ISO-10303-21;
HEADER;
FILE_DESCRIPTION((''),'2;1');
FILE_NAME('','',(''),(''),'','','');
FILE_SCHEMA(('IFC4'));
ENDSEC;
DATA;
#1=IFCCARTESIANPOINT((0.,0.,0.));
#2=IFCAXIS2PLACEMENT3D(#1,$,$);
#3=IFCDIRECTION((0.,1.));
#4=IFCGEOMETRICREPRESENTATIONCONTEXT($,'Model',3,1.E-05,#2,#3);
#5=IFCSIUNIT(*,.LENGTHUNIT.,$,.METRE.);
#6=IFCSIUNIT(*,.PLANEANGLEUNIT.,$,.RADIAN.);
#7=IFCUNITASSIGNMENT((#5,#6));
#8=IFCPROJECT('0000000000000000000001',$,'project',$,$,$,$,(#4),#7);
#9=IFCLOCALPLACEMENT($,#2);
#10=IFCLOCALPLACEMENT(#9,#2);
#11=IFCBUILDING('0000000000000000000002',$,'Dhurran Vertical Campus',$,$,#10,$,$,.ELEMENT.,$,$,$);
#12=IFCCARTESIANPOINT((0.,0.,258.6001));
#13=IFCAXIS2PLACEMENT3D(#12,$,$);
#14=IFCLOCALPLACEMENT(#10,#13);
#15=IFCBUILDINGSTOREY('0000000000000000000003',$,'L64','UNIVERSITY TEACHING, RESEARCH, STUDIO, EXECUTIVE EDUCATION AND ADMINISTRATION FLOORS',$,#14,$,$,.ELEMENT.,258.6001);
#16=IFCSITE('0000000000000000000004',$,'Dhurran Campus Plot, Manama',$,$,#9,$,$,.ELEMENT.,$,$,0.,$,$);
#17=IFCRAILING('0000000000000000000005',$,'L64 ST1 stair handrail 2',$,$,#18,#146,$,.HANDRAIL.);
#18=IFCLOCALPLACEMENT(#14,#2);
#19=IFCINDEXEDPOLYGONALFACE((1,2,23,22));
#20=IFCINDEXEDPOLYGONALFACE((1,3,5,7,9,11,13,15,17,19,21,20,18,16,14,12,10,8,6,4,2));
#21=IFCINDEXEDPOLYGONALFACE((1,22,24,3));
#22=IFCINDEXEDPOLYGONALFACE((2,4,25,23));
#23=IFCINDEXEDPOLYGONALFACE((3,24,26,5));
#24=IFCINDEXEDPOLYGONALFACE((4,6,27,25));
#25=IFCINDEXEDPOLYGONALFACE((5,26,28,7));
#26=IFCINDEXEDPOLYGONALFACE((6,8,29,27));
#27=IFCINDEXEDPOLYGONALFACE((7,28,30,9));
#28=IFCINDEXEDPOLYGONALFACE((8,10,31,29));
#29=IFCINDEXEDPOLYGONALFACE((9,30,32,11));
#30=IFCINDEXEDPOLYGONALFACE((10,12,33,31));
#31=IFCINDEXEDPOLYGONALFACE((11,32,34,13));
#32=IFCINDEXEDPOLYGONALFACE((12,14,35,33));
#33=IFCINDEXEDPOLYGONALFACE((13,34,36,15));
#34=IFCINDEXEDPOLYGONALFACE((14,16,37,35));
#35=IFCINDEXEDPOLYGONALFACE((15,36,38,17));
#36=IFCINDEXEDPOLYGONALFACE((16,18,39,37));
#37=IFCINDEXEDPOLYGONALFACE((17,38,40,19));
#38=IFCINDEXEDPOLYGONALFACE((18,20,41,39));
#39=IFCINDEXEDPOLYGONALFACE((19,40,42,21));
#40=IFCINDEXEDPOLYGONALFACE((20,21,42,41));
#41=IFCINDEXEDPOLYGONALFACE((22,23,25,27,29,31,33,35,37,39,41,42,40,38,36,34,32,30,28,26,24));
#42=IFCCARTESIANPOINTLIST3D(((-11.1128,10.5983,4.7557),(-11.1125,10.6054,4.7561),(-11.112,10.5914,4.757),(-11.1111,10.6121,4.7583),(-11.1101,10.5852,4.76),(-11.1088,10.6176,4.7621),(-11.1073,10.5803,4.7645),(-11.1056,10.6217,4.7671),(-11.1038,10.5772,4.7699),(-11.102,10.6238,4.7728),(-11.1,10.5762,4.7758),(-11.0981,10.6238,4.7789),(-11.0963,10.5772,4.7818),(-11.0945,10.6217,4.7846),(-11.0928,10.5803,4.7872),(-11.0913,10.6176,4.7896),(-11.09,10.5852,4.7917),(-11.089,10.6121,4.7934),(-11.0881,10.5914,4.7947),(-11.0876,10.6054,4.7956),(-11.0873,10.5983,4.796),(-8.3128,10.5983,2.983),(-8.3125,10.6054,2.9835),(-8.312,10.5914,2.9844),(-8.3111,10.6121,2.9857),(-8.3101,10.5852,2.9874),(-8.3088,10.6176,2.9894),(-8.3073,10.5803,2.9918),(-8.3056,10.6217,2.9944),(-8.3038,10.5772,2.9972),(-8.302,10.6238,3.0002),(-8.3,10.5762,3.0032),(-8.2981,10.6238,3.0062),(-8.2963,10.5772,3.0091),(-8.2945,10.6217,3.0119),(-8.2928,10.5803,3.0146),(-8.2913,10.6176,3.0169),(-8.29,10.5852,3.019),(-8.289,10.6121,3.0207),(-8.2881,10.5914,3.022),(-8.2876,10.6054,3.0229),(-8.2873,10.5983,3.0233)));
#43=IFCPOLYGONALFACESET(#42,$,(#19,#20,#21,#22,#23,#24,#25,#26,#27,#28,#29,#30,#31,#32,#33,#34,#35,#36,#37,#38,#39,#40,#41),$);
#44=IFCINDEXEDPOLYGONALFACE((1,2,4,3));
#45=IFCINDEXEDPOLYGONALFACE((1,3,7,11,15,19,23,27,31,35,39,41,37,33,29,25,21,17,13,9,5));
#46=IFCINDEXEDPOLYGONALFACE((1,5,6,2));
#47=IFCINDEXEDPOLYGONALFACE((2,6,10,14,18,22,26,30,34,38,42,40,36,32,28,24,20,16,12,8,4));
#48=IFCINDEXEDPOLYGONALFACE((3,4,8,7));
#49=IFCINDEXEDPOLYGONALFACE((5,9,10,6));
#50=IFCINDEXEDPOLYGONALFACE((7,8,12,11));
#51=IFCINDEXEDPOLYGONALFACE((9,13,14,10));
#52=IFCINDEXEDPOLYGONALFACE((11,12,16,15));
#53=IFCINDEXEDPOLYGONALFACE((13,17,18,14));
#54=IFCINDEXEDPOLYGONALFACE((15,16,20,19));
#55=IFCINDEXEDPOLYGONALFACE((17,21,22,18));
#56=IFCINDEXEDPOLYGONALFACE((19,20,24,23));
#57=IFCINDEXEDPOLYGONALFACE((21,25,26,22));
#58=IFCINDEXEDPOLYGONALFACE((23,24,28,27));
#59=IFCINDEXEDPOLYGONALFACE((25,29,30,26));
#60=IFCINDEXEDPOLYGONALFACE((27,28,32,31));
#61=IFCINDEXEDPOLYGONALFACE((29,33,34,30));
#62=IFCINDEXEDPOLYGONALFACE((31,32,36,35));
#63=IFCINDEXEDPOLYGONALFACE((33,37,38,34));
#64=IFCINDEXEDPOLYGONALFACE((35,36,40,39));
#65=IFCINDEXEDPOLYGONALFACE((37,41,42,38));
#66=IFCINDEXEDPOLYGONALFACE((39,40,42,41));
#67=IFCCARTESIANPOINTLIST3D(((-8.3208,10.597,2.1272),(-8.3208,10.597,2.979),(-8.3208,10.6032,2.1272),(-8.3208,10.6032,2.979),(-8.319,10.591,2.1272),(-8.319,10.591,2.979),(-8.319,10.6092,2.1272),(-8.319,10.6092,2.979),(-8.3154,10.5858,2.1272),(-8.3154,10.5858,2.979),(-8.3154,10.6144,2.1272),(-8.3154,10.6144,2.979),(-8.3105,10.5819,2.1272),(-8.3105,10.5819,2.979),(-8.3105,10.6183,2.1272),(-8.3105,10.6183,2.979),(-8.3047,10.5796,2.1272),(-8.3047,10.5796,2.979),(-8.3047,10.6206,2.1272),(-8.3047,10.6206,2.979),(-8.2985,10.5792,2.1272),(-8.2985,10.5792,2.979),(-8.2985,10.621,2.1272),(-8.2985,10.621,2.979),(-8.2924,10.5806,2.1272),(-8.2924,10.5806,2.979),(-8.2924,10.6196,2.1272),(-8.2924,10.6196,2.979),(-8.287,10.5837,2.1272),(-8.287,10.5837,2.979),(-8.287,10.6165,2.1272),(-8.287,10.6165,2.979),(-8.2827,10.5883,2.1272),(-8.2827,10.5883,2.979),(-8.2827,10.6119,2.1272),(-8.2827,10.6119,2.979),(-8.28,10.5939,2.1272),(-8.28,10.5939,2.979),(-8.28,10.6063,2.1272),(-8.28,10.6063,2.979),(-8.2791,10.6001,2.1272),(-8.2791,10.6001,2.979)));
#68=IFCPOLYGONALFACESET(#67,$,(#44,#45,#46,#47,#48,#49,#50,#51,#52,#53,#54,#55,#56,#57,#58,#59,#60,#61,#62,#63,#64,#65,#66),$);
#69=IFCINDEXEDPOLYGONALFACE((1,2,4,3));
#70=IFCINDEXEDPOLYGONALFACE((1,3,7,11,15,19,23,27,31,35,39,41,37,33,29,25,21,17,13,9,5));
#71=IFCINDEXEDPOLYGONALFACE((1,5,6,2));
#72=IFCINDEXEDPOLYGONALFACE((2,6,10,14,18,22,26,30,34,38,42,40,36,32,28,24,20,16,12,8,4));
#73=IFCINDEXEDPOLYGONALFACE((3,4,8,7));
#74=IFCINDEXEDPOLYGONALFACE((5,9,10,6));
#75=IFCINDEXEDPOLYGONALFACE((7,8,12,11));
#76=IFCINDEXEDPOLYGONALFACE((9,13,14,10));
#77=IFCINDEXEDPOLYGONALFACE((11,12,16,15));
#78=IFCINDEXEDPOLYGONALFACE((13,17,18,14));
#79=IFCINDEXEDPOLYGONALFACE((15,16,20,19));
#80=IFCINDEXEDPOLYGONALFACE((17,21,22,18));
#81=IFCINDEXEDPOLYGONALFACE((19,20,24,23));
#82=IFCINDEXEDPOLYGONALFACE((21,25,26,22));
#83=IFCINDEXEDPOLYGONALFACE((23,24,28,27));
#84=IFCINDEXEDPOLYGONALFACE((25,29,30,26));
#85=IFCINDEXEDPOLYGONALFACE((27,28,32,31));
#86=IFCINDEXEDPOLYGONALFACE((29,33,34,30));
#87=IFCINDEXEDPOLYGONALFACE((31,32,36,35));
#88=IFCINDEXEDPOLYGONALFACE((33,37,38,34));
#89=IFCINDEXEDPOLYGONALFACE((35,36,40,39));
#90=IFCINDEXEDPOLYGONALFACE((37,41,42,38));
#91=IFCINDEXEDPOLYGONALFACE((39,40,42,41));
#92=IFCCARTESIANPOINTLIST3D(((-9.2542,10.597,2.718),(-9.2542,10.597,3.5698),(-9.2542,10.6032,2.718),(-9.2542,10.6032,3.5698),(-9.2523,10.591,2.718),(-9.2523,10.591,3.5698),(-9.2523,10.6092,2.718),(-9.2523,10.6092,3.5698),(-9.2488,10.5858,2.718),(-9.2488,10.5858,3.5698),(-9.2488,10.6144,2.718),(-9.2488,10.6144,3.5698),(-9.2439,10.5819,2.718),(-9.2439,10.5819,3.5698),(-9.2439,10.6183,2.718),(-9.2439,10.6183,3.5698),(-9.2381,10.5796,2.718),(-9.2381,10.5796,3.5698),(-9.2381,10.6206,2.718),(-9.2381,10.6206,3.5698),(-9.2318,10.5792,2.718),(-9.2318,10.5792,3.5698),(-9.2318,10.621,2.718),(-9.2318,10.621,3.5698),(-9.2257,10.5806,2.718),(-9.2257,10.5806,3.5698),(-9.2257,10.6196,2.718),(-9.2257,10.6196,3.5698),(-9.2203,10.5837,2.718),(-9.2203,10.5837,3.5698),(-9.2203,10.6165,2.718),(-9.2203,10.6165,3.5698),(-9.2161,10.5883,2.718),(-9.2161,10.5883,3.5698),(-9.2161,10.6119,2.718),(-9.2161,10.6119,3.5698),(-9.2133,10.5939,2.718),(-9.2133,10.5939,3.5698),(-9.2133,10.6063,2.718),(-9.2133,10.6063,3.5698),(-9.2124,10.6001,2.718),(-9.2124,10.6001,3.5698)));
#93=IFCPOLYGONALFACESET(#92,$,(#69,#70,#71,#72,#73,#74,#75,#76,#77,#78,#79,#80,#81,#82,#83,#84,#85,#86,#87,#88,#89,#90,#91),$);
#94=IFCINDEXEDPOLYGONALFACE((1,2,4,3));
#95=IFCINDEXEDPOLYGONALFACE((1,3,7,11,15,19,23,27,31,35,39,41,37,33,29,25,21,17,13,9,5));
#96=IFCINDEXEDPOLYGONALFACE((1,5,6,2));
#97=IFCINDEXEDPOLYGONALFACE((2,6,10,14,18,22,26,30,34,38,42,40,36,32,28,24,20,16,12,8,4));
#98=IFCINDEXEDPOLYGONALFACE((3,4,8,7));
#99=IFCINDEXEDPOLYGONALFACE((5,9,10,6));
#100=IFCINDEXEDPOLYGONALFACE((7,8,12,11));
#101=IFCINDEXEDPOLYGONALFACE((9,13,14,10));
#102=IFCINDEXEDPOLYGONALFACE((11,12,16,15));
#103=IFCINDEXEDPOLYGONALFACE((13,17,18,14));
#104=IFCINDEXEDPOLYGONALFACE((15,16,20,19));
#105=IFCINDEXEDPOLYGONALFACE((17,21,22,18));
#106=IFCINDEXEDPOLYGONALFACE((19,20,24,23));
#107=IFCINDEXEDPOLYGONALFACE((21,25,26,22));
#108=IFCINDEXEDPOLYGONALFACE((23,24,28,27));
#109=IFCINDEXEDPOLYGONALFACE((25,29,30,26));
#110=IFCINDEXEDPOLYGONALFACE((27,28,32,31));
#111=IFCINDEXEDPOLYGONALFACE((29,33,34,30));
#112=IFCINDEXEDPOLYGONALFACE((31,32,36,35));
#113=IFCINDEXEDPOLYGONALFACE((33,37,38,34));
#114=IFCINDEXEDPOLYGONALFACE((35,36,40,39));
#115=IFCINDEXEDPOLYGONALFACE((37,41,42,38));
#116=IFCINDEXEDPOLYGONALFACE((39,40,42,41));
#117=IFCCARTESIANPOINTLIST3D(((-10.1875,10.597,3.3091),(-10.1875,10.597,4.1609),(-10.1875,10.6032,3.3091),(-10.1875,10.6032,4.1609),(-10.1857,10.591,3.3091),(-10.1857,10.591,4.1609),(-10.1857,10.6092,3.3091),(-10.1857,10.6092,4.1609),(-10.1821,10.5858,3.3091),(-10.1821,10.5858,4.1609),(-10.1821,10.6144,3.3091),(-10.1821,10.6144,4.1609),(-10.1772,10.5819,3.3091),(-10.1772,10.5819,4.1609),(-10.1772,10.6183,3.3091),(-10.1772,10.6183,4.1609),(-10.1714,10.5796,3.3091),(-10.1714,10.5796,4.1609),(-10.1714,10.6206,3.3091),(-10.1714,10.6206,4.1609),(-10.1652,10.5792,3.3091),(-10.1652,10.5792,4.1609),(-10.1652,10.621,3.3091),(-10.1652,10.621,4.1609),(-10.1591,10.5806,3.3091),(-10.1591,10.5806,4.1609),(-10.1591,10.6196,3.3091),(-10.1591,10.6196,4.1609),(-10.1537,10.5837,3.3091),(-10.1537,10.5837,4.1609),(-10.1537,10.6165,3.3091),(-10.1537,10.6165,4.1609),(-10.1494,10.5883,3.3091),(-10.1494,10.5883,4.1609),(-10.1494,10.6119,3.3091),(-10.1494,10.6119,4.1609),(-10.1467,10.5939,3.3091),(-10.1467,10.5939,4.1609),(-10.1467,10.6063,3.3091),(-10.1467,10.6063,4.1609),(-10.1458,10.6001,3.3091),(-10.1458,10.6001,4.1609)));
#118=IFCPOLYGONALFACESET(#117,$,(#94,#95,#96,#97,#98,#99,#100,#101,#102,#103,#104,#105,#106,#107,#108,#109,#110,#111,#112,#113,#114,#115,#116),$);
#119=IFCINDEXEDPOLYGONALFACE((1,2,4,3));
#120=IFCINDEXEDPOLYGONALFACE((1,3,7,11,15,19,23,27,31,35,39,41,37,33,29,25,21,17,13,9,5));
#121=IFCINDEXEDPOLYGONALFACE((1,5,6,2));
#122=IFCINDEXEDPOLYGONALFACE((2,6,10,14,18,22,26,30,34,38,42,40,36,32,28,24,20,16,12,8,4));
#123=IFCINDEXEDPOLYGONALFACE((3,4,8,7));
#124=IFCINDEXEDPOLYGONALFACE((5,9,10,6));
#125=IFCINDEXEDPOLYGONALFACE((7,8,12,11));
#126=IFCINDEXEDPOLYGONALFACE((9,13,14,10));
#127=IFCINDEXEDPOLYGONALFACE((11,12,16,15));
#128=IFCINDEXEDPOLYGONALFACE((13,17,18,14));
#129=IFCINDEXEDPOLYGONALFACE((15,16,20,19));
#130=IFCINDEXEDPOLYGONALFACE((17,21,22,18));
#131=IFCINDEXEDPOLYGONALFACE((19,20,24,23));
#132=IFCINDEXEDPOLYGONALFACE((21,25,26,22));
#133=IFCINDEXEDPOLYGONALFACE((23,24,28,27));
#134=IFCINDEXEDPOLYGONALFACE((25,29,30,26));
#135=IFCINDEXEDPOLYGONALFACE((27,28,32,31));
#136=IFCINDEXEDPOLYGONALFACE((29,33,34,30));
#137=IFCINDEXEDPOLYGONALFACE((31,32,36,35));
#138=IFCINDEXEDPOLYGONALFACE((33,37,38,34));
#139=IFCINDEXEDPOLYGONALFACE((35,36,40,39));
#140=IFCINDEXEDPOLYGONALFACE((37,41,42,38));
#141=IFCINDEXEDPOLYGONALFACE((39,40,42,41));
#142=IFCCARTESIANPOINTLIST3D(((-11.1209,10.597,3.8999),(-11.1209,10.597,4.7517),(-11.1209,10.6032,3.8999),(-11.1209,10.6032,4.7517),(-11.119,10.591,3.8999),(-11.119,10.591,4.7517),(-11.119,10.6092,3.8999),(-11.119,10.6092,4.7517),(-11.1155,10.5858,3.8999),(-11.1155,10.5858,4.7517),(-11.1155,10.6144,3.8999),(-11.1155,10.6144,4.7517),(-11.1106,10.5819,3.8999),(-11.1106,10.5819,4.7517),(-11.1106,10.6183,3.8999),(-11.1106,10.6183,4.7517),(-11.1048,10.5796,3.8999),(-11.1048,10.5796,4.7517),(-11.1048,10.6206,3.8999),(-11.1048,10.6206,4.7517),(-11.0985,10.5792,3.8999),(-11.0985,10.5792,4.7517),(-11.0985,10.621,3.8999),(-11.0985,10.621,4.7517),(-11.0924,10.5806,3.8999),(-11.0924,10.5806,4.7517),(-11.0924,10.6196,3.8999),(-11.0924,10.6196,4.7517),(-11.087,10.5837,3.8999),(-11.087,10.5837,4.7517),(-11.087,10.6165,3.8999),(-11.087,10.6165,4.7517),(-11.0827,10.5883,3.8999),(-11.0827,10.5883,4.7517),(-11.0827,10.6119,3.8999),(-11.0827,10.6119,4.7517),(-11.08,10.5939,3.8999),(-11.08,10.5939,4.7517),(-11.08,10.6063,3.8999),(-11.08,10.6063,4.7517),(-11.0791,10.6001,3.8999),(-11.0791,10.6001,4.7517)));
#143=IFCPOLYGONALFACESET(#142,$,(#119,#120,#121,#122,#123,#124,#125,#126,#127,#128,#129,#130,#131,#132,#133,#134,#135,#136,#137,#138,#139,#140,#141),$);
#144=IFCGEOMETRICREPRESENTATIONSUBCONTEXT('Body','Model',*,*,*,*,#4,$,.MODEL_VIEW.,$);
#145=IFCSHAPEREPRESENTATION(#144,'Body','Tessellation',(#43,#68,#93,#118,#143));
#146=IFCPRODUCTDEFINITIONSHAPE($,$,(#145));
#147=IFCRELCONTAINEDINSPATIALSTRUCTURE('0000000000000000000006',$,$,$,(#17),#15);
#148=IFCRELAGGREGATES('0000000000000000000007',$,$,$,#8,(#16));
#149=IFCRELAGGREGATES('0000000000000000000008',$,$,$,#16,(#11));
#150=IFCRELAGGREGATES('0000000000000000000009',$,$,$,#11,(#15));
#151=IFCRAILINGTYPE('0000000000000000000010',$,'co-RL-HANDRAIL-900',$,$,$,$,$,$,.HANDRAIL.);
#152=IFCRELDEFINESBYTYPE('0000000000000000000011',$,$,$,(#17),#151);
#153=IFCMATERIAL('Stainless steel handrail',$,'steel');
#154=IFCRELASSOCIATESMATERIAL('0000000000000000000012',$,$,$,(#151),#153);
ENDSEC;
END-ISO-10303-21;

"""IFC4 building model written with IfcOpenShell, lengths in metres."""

from ifc_helpers import new_model, si_unit, direction, frame, origin, origin_2d, place, context, subcontext, project, spatial, circle, extrude, material, type_object, element, save


model = new_model("IFC4")

# Units and contexts
model_context = context("Model", 3, precision=1e-05, world=origin(), true_north=direction((0.0, 1.0)))
body_context = subcontext(model_context, "Body", "Model", "MODEL_VIEW")
ifc_project = project(units=[si_unit("LENGTHUNIT", "METRE"), si_unit("PLANEANGLEUNIT", "RADIAN")], contexts=[model_context])

# Site, building, storey
site_placement = place(None, origin())
site = spatial("IfcSite", under=ifc_project, at=site_placement, Name="Dhurran Campus Plot, Manama", CompositionType="ELEMENT", RefElevation=0.0)
building_placement = place(site_placement, origin())
building = spatial("IfcBuilding", under=site, at=building_placement, Name="Dhurran Vertical Campus", CompositionType="ELEMENT")
storey_placement = place(building_placement, frame((0.0, 0.0, 258.6001)))
storey = spatial("IfcBuildingStorey", under=building, at=storey_placement, Name="L64", Description="UNIVERSITY TEACHING, RESEARCH, STUDIO, EXECUTIVE EDUCATION AND ADMINISTRATION FLOORS", CompositionType="ELEMENT", Elevation=258.6001)

# Railing
ifc_material_1 = material(Name="Stainless steel handrail", Category="steel")
railing_type_1 = type_object("IfcRailingType", Name="co-RL-HANDRAIL-900", PredefinedType="HANDRAIL", material=ifc_material_1)
railing_1_placement = place(storey_placement, frame((-8.3, 10.6001, 2.1272)))
element("IfcRailing", 1, at=railing_1_placement, inside=storey, type_object=railing_type_1, Name="L64 ST1 stair handrail 2", PredefinedType="HANDRAIL", context=body_context, shape_type="SweptSolid", body=[
    extrude(circle(Radius=0.0239, at=origin_2d()), frame((0.0, 0.0, 0.876), z_axis=(-0.844909, 0.0, 0.53491), x_axis=(0.0, -1.0, 0.0)), (0.0, 0.0, 1.0), 3.314),
    extrude(circle(Radius=0.021, at=origin_2d()), origin(), (0.0, 0.0, 1.0), 0.8518),
    extrude(circle(Radius=0.021, at=origin_2d()), frame((-0.9333, 0.0, 0.5908)), (0.0, 0.0, 1.0), 0.8518),
    extrude(circle(Radius=0.021, at=origin_2d()), frame((-1.8667, 0.0, 1.1819)), (0.0, 0.0, 1.0), 0.8518),
    extrude(circle(Radius=0.021, at=origin_2d()), frame((-2.8, 0.0, 1.7727)), (0.0, 0.0, 1.0), 0.8518),
])

save(model, "model.ifc")
